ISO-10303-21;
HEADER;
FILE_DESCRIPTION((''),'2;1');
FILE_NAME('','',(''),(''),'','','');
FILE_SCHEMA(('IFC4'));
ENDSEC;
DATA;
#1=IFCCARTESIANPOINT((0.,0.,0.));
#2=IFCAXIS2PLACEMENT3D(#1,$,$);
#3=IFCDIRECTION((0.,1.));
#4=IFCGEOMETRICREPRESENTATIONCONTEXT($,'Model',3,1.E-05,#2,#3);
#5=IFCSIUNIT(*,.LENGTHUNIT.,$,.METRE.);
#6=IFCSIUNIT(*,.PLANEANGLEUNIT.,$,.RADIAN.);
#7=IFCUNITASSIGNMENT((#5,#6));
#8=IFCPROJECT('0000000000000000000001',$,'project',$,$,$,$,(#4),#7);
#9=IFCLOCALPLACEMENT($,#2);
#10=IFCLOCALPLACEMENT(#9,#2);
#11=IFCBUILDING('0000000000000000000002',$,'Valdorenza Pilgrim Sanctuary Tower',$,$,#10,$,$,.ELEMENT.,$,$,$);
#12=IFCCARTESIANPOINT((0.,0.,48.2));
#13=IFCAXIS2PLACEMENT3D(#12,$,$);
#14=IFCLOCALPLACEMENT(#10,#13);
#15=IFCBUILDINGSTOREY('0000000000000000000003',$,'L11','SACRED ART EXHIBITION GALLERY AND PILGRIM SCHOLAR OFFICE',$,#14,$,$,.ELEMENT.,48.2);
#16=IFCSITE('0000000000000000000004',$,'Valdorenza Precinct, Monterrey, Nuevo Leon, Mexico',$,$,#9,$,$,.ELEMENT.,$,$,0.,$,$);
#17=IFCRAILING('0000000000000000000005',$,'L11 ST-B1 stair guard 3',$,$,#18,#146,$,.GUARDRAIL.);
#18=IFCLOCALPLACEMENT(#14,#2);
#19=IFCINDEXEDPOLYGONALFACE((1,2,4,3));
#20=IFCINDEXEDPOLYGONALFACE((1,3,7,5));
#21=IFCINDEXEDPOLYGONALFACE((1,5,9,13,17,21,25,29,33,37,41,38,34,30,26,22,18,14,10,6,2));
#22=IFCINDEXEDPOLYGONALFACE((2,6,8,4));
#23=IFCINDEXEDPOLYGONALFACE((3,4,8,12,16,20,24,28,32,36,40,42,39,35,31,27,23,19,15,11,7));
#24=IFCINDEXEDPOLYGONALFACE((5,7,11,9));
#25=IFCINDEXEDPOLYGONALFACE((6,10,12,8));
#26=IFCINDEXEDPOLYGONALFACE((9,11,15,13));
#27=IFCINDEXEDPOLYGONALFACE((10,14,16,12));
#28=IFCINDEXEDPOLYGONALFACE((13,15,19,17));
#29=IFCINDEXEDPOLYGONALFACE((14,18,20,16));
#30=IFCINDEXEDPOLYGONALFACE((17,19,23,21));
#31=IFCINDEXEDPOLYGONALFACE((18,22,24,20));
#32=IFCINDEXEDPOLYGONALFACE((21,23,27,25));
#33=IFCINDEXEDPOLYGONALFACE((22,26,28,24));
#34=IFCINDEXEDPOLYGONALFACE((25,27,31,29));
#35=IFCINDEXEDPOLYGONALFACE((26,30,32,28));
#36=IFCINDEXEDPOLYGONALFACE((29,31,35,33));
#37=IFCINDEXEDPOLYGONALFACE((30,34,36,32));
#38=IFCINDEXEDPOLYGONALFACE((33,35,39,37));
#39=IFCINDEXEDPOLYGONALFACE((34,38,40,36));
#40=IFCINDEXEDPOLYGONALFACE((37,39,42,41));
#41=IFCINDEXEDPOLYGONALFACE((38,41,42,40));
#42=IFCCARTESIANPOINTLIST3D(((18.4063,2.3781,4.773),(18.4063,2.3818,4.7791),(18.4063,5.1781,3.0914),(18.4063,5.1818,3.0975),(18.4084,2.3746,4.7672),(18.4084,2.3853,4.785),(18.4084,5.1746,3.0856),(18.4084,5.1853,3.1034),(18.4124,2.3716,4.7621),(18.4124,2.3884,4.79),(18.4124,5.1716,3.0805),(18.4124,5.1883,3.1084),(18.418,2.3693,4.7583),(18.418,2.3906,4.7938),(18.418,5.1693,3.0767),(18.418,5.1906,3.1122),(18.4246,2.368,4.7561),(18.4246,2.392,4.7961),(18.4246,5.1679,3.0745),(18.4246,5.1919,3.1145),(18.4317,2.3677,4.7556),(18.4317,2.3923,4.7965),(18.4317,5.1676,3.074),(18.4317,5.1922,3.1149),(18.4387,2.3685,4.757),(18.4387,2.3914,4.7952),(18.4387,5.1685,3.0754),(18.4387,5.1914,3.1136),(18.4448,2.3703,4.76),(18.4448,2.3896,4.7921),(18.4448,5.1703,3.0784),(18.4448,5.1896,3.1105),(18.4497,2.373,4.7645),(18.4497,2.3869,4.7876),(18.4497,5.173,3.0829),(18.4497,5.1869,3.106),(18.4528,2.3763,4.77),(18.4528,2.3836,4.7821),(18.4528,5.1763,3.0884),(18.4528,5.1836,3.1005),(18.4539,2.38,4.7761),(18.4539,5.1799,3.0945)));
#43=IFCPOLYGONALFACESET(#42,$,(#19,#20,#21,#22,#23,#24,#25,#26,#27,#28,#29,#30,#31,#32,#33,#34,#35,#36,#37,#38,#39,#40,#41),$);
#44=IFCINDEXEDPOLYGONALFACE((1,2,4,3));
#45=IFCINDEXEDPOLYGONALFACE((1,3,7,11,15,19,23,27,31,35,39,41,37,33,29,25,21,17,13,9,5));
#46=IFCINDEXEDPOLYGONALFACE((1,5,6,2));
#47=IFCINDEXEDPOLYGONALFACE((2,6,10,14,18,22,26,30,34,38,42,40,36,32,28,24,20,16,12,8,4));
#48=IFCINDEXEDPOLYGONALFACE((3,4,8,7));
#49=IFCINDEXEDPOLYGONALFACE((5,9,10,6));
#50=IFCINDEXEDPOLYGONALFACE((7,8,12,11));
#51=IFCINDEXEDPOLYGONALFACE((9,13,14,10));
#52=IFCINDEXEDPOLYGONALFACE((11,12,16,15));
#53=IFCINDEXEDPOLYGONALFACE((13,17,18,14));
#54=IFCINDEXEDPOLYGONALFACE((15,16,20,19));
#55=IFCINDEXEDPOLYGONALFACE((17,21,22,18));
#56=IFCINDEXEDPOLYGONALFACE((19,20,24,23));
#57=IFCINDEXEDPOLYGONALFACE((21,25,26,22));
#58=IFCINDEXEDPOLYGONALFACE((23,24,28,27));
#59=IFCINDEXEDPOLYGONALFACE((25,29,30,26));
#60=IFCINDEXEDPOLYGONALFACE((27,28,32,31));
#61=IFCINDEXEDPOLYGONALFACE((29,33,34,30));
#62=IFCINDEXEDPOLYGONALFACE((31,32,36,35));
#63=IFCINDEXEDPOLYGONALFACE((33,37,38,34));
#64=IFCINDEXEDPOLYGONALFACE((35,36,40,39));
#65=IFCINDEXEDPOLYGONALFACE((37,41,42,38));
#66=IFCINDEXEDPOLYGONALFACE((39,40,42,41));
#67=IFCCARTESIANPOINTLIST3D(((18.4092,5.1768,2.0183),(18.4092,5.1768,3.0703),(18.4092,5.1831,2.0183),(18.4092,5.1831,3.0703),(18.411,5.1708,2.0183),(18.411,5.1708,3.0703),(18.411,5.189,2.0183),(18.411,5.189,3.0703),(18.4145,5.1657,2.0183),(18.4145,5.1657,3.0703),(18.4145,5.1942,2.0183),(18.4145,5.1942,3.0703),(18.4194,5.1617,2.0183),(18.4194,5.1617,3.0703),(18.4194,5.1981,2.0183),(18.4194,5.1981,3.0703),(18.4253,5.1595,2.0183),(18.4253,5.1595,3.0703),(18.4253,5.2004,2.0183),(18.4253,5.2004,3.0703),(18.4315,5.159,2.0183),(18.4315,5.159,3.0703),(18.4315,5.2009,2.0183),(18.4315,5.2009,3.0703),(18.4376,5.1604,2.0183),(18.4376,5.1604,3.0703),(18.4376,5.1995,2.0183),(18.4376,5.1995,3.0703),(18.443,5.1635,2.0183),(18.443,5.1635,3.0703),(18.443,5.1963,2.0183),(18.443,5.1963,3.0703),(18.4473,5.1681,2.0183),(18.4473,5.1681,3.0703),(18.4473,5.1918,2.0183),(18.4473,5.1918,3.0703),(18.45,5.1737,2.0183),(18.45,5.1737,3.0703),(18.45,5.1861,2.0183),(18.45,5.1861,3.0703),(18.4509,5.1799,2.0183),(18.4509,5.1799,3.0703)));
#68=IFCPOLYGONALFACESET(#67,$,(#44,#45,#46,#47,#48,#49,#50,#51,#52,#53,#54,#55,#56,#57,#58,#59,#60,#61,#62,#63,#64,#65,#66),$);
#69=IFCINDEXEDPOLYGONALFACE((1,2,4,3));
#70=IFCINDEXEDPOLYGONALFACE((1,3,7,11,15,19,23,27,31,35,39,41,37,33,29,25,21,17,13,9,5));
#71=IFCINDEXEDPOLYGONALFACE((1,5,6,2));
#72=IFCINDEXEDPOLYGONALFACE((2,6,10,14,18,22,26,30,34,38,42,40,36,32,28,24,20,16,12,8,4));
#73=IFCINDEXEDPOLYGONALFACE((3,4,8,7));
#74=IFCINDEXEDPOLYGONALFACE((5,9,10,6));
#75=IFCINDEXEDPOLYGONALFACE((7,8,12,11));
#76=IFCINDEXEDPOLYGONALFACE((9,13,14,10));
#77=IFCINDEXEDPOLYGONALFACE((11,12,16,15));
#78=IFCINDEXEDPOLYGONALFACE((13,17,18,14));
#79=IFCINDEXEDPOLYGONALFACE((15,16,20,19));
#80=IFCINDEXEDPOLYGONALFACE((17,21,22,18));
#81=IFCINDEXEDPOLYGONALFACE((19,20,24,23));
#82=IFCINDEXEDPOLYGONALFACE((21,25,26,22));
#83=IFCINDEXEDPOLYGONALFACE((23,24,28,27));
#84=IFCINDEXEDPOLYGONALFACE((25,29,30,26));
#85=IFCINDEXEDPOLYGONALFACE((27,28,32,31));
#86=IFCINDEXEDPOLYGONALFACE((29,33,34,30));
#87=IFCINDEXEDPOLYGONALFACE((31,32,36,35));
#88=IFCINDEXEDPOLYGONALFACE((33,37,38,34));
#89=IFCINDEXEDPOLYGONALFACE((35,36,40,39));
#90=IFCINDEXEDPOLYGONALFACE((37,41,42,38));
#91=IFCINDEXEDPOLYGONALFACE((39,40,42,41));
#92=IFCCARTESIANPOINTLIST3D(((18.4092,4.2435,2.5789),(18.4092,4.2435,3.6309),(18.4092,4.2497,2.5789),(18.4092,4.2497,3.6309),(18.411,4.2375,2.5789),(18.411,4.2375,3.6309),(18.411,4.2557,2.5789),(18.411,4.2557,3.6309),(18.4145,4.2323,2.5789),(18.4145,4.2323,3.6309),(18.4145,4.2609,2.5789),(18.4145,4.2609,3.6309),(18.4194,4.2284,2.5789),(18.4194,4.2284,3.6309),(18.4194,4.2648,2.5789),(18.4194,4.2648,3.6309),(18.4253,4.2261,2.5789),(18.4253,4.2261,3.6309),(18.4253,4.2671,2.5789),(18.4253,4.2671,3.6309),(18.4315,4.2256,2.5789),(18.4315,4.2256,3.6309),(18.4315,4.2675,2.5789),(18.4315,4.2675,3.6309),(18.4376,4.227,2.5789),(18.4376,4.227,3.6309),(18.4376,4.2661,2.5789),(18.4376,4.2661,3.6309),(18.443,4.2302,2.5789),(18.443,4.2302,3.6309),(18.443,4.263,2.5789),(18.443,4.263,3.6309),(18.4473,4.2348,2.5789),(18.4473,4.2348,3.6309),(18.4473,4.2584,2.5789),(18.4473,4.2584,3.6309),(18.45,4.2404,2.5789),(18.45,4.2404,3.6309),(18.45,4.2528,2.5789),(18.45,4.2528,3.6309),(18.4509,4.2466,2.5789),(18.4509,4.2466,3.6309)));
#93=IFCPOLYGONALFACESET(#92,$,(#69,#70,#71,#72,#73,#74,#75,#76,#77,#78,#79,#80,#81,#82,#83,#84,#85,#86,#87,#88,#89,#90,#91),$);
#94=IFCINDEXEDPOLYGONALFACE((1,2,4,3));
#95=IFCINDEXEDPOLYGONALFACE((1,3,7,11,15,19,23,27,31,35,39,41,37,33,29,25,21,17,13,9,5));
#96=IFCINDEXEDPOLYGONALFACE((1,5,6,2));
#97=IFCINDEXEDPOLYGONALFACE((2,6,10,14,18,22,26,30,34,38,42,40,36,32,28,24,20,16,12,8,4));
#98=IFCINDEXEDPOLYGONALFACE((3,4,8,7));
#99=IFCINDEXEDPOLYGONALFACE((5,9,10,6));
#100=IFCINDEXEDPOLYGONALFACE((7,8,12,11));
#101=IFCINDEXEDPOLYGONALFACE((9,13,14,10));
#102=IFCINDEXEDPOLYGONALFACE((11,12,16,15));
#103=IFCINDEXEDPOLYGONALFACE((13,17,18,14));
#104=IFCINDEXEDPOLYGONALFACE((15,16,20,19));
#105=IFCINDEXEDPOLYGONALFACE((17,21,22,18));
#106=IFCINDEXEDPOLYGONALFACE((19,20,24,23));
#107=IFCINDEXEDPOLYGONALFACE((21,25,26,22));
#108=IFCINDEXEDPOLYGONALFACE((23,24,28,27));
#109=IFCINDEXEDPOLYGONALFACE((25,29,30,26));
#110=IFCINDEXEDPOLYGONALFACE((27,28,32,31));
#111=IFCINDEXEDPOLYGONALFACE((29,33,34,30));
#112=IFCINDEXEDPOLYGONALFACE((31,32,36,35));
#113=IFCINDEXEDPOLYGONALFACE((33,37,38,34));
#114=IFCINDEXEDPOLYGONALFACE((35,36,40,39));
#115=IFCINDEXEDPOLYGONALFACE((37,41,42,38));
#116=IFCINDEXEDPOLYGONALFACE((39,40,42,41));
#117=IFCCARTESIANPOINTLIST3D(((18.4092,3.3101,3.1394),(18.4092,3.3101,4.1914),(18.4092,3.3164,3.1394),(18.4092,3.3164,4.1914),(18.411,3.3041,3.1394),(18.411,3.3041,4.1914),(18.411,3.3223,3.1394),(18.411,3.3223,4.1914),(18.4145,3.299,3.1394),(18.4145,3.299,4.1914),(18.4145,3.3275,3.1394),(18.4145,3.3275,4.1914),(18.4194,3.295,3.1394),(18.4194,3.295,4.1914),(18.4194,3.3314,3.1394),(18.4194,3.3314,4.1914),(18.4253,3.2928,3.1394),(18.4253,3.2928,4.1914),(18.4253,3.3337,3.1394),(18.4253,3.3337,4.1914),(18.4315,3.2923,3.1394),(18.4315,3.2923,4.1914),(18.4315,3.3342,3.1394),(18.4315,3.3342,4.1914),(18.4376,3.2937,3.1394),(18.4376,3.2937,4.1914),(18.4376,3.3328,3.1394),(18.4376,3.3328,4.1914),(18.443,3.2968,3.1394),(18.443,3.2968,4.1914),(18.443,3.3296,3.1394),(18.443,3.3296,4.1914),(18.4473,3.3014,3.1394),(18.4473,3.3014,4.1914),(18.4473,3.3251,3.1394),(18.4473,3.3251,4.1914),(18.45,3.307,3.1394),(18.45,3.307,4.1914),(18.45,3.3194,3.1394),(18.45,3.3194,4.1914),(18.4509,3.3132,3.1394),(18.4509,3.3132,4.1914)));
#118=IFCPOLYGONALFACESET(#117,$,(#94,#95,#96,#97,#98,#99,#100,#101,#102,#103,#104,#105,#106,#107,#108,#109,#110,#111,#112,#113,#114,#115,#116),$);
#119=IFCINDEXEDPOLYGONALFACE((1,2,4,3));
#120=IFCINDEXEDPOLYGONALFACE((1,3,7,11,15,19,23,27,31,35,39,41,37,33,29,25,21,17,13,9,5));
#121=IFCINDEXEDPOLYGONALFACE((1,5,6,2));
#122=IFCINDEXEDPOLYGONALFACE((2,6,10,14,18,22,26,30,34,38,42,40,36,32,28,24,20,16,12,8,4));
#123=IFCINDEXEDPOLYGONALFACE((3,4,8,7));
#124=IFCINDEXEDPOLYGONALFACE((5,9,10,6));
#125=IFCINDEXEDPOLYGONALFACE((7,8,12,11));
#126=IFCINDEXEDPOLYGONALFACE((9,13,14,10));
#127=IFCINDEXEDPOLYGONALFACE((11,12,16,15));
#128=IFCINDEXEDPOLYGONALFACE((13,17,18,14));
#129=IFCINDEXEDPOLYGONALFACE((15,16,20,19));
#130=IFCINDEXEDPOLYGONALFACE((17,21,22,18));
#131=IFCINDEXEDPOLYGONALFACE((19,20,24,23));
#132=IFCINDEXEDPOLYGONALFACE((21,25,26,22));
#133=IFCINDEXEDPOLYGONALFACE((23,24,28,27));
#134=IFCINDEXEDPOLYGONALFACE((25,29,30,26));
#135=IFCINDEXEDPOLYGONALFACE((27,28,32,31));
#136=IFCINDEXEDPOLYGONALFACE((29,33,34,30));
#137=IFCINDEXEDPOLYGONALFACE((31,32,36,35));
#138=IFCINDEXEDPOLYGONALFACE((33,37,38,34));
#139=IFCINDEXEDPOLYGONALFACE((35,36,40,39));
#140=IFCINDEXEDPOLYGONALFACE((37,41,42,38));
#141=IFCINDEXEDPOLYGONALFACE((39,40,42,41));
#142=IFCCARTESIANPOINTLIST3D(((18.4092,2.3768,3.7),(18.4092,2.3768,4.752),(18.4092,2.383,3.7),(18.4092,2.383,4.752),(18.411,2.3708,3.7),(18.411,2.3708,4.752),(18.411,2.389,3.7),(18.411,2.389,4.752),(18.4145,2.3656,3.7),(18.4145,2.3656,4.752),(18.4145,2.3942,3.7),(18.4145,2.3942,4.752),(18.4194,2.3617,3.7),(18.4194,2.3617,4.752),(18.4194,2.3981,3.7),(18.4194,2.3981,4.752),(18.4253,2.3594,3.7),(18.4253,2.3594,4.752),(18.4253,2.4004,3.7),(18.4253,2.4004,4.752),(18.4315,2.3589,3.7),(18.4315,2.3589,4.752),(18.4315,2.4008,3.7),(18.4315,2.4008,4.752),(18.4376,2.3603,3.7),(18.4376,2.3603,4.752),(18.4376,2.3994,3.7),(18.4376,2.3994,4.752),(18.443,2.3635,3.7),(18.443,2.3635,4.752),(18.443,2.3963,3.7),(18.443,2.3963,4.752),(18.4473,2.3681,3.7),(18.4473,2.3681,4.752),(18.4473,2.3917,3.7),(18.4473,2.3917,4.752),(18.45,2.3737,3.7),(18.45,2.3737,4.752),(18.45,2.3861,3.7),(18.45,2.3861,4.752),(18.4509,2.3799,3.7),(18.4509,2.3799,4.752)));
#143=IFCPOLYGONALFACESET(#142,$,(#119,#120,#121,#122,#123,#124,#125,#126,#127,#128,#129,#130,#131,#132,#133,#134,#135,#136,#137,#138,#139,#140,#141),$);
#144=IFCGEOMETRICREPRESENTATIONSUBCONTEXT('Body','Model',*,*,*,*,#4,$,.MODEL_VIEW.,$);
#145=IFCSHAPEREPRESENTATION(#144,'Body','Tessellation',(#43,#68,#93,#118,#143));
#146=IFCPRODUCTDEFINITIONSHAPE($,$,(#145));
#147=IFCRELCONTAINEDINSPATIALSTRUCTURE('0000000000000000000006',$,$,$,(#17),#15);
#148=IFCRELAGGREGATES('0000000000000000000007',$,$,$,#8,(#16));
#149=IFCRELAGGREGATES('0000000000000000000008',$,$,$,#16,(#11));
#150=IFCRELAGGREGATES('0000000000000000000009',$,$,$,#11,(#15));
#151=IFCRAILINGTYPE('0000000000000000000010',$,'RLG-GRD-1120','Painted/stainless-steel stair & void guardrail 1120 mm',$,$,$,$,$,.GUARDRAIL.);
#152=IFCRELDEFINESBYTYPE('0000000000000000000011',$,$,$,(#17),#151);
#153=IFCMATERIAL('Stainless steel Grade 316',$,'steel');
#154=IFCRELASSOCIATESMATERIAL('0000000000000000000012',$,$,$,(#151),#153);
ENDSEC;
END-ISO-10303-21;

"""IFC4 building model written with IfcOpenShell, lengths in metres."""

from ifc_helpers import new_model, si_unit, direction, frame, origin, origin_2d, place, context, subcontext, project, spatial, circle, extrude, material, type_object, element, save


model = new_model("IFC4")

# Units and contexts
model_context = context("Model", 3, precision=1e-05, world=origin(), true_north=direction((0.0, 1.0)))
body_context = subcontext(model_context, "Body", "Model", "MODEL_VIEW")
ifc_project = project(units=[si_unit("LENGTHUNIT", "METRE"), si_unit("PLANEANGLEUNIT", "RADIAN")], contexts=[model_context])

# Site, building, storey
site_placement = place(None, origin())
site = spatial("IfcSite", under=ifc_project, at=site_placement, Name="Valdorenza Precinct, Monterrey, Nuevo Leon, Mexico", CompositionType="ELEMENT", RefElevation=0.0)
building_placement = place(site_placement, origin())
building = spatial("IfcBuilding", under=site, at=building_placement, Name="Valdorenza Pilgrim Sanctuary Tower", CompositionType="ELEMENT")
storey_placement = place(building_placement, frame((0.0, 0.0, 48.2)))
storey = spatial("IfcBuildingStorey", under=building, at=storey_placement, Name="L11", Description="SACRED ART EXHIBITION GALLERY AND PILGRIM SCHOLAR OFFICE", CompositionType="ELEMENT", Elevation=48.2)

# Railing
ifc_material_1 = material(Name="Stainless steel Grade 316", Category="steel")
railing_type_1 = type_object("IfcRailingType", Name="RLG-GRD-1120", Description="Painted/stainless-steel stair & void guardrail 1120 mm", PredefinedType="GUARDRAIL", material=ifc_material_1)
railing_1_placement = place(storey_placement, frame((18.4299, 5.1799, 2.0183)))
element("IfcRailing", 1, at=railing_1_placement, inside=storey, type_object=railing_type_1, Name="L11 ST-B1 stair guard 3", PredefinedType="GUARDRAIL", context=body_context, shape_type="SweptSolid", body=[
    extrude(circle(Radius=0.0239, at=origin_2d()), frame((0.0, 0.0, 1.0762), z_axis=(0.0, -0.857275, 0.514858), x_axis=(1.0, 0.0, 0.0)), (0.0, 0.0, 1.0), 3.2661),
    extrude(circle(Radius=0.021, at=origin_2d()), origin(), (0.0, 0.0, 1.0), 1.052),
    extrude(circle(Radius=0.021, at=origin_2d()), frame((0.0, -0.9333, 0.5605)), (0.0, 0.0, 1.0), 1.052),
    extrude(circle(Radius=0.021, at=origin_2d()), frame((0.0, -1.8667, 1.1211)), (0.0, 0.0, 1.0), 1.052),
    extrude(circle(Radius=0.021, at=origin_2d()), frame((0.0, -2.8, 1.6816)), (0.0, 0.0, 1.0), 1.052),
])

save(model, "model.ifc")
